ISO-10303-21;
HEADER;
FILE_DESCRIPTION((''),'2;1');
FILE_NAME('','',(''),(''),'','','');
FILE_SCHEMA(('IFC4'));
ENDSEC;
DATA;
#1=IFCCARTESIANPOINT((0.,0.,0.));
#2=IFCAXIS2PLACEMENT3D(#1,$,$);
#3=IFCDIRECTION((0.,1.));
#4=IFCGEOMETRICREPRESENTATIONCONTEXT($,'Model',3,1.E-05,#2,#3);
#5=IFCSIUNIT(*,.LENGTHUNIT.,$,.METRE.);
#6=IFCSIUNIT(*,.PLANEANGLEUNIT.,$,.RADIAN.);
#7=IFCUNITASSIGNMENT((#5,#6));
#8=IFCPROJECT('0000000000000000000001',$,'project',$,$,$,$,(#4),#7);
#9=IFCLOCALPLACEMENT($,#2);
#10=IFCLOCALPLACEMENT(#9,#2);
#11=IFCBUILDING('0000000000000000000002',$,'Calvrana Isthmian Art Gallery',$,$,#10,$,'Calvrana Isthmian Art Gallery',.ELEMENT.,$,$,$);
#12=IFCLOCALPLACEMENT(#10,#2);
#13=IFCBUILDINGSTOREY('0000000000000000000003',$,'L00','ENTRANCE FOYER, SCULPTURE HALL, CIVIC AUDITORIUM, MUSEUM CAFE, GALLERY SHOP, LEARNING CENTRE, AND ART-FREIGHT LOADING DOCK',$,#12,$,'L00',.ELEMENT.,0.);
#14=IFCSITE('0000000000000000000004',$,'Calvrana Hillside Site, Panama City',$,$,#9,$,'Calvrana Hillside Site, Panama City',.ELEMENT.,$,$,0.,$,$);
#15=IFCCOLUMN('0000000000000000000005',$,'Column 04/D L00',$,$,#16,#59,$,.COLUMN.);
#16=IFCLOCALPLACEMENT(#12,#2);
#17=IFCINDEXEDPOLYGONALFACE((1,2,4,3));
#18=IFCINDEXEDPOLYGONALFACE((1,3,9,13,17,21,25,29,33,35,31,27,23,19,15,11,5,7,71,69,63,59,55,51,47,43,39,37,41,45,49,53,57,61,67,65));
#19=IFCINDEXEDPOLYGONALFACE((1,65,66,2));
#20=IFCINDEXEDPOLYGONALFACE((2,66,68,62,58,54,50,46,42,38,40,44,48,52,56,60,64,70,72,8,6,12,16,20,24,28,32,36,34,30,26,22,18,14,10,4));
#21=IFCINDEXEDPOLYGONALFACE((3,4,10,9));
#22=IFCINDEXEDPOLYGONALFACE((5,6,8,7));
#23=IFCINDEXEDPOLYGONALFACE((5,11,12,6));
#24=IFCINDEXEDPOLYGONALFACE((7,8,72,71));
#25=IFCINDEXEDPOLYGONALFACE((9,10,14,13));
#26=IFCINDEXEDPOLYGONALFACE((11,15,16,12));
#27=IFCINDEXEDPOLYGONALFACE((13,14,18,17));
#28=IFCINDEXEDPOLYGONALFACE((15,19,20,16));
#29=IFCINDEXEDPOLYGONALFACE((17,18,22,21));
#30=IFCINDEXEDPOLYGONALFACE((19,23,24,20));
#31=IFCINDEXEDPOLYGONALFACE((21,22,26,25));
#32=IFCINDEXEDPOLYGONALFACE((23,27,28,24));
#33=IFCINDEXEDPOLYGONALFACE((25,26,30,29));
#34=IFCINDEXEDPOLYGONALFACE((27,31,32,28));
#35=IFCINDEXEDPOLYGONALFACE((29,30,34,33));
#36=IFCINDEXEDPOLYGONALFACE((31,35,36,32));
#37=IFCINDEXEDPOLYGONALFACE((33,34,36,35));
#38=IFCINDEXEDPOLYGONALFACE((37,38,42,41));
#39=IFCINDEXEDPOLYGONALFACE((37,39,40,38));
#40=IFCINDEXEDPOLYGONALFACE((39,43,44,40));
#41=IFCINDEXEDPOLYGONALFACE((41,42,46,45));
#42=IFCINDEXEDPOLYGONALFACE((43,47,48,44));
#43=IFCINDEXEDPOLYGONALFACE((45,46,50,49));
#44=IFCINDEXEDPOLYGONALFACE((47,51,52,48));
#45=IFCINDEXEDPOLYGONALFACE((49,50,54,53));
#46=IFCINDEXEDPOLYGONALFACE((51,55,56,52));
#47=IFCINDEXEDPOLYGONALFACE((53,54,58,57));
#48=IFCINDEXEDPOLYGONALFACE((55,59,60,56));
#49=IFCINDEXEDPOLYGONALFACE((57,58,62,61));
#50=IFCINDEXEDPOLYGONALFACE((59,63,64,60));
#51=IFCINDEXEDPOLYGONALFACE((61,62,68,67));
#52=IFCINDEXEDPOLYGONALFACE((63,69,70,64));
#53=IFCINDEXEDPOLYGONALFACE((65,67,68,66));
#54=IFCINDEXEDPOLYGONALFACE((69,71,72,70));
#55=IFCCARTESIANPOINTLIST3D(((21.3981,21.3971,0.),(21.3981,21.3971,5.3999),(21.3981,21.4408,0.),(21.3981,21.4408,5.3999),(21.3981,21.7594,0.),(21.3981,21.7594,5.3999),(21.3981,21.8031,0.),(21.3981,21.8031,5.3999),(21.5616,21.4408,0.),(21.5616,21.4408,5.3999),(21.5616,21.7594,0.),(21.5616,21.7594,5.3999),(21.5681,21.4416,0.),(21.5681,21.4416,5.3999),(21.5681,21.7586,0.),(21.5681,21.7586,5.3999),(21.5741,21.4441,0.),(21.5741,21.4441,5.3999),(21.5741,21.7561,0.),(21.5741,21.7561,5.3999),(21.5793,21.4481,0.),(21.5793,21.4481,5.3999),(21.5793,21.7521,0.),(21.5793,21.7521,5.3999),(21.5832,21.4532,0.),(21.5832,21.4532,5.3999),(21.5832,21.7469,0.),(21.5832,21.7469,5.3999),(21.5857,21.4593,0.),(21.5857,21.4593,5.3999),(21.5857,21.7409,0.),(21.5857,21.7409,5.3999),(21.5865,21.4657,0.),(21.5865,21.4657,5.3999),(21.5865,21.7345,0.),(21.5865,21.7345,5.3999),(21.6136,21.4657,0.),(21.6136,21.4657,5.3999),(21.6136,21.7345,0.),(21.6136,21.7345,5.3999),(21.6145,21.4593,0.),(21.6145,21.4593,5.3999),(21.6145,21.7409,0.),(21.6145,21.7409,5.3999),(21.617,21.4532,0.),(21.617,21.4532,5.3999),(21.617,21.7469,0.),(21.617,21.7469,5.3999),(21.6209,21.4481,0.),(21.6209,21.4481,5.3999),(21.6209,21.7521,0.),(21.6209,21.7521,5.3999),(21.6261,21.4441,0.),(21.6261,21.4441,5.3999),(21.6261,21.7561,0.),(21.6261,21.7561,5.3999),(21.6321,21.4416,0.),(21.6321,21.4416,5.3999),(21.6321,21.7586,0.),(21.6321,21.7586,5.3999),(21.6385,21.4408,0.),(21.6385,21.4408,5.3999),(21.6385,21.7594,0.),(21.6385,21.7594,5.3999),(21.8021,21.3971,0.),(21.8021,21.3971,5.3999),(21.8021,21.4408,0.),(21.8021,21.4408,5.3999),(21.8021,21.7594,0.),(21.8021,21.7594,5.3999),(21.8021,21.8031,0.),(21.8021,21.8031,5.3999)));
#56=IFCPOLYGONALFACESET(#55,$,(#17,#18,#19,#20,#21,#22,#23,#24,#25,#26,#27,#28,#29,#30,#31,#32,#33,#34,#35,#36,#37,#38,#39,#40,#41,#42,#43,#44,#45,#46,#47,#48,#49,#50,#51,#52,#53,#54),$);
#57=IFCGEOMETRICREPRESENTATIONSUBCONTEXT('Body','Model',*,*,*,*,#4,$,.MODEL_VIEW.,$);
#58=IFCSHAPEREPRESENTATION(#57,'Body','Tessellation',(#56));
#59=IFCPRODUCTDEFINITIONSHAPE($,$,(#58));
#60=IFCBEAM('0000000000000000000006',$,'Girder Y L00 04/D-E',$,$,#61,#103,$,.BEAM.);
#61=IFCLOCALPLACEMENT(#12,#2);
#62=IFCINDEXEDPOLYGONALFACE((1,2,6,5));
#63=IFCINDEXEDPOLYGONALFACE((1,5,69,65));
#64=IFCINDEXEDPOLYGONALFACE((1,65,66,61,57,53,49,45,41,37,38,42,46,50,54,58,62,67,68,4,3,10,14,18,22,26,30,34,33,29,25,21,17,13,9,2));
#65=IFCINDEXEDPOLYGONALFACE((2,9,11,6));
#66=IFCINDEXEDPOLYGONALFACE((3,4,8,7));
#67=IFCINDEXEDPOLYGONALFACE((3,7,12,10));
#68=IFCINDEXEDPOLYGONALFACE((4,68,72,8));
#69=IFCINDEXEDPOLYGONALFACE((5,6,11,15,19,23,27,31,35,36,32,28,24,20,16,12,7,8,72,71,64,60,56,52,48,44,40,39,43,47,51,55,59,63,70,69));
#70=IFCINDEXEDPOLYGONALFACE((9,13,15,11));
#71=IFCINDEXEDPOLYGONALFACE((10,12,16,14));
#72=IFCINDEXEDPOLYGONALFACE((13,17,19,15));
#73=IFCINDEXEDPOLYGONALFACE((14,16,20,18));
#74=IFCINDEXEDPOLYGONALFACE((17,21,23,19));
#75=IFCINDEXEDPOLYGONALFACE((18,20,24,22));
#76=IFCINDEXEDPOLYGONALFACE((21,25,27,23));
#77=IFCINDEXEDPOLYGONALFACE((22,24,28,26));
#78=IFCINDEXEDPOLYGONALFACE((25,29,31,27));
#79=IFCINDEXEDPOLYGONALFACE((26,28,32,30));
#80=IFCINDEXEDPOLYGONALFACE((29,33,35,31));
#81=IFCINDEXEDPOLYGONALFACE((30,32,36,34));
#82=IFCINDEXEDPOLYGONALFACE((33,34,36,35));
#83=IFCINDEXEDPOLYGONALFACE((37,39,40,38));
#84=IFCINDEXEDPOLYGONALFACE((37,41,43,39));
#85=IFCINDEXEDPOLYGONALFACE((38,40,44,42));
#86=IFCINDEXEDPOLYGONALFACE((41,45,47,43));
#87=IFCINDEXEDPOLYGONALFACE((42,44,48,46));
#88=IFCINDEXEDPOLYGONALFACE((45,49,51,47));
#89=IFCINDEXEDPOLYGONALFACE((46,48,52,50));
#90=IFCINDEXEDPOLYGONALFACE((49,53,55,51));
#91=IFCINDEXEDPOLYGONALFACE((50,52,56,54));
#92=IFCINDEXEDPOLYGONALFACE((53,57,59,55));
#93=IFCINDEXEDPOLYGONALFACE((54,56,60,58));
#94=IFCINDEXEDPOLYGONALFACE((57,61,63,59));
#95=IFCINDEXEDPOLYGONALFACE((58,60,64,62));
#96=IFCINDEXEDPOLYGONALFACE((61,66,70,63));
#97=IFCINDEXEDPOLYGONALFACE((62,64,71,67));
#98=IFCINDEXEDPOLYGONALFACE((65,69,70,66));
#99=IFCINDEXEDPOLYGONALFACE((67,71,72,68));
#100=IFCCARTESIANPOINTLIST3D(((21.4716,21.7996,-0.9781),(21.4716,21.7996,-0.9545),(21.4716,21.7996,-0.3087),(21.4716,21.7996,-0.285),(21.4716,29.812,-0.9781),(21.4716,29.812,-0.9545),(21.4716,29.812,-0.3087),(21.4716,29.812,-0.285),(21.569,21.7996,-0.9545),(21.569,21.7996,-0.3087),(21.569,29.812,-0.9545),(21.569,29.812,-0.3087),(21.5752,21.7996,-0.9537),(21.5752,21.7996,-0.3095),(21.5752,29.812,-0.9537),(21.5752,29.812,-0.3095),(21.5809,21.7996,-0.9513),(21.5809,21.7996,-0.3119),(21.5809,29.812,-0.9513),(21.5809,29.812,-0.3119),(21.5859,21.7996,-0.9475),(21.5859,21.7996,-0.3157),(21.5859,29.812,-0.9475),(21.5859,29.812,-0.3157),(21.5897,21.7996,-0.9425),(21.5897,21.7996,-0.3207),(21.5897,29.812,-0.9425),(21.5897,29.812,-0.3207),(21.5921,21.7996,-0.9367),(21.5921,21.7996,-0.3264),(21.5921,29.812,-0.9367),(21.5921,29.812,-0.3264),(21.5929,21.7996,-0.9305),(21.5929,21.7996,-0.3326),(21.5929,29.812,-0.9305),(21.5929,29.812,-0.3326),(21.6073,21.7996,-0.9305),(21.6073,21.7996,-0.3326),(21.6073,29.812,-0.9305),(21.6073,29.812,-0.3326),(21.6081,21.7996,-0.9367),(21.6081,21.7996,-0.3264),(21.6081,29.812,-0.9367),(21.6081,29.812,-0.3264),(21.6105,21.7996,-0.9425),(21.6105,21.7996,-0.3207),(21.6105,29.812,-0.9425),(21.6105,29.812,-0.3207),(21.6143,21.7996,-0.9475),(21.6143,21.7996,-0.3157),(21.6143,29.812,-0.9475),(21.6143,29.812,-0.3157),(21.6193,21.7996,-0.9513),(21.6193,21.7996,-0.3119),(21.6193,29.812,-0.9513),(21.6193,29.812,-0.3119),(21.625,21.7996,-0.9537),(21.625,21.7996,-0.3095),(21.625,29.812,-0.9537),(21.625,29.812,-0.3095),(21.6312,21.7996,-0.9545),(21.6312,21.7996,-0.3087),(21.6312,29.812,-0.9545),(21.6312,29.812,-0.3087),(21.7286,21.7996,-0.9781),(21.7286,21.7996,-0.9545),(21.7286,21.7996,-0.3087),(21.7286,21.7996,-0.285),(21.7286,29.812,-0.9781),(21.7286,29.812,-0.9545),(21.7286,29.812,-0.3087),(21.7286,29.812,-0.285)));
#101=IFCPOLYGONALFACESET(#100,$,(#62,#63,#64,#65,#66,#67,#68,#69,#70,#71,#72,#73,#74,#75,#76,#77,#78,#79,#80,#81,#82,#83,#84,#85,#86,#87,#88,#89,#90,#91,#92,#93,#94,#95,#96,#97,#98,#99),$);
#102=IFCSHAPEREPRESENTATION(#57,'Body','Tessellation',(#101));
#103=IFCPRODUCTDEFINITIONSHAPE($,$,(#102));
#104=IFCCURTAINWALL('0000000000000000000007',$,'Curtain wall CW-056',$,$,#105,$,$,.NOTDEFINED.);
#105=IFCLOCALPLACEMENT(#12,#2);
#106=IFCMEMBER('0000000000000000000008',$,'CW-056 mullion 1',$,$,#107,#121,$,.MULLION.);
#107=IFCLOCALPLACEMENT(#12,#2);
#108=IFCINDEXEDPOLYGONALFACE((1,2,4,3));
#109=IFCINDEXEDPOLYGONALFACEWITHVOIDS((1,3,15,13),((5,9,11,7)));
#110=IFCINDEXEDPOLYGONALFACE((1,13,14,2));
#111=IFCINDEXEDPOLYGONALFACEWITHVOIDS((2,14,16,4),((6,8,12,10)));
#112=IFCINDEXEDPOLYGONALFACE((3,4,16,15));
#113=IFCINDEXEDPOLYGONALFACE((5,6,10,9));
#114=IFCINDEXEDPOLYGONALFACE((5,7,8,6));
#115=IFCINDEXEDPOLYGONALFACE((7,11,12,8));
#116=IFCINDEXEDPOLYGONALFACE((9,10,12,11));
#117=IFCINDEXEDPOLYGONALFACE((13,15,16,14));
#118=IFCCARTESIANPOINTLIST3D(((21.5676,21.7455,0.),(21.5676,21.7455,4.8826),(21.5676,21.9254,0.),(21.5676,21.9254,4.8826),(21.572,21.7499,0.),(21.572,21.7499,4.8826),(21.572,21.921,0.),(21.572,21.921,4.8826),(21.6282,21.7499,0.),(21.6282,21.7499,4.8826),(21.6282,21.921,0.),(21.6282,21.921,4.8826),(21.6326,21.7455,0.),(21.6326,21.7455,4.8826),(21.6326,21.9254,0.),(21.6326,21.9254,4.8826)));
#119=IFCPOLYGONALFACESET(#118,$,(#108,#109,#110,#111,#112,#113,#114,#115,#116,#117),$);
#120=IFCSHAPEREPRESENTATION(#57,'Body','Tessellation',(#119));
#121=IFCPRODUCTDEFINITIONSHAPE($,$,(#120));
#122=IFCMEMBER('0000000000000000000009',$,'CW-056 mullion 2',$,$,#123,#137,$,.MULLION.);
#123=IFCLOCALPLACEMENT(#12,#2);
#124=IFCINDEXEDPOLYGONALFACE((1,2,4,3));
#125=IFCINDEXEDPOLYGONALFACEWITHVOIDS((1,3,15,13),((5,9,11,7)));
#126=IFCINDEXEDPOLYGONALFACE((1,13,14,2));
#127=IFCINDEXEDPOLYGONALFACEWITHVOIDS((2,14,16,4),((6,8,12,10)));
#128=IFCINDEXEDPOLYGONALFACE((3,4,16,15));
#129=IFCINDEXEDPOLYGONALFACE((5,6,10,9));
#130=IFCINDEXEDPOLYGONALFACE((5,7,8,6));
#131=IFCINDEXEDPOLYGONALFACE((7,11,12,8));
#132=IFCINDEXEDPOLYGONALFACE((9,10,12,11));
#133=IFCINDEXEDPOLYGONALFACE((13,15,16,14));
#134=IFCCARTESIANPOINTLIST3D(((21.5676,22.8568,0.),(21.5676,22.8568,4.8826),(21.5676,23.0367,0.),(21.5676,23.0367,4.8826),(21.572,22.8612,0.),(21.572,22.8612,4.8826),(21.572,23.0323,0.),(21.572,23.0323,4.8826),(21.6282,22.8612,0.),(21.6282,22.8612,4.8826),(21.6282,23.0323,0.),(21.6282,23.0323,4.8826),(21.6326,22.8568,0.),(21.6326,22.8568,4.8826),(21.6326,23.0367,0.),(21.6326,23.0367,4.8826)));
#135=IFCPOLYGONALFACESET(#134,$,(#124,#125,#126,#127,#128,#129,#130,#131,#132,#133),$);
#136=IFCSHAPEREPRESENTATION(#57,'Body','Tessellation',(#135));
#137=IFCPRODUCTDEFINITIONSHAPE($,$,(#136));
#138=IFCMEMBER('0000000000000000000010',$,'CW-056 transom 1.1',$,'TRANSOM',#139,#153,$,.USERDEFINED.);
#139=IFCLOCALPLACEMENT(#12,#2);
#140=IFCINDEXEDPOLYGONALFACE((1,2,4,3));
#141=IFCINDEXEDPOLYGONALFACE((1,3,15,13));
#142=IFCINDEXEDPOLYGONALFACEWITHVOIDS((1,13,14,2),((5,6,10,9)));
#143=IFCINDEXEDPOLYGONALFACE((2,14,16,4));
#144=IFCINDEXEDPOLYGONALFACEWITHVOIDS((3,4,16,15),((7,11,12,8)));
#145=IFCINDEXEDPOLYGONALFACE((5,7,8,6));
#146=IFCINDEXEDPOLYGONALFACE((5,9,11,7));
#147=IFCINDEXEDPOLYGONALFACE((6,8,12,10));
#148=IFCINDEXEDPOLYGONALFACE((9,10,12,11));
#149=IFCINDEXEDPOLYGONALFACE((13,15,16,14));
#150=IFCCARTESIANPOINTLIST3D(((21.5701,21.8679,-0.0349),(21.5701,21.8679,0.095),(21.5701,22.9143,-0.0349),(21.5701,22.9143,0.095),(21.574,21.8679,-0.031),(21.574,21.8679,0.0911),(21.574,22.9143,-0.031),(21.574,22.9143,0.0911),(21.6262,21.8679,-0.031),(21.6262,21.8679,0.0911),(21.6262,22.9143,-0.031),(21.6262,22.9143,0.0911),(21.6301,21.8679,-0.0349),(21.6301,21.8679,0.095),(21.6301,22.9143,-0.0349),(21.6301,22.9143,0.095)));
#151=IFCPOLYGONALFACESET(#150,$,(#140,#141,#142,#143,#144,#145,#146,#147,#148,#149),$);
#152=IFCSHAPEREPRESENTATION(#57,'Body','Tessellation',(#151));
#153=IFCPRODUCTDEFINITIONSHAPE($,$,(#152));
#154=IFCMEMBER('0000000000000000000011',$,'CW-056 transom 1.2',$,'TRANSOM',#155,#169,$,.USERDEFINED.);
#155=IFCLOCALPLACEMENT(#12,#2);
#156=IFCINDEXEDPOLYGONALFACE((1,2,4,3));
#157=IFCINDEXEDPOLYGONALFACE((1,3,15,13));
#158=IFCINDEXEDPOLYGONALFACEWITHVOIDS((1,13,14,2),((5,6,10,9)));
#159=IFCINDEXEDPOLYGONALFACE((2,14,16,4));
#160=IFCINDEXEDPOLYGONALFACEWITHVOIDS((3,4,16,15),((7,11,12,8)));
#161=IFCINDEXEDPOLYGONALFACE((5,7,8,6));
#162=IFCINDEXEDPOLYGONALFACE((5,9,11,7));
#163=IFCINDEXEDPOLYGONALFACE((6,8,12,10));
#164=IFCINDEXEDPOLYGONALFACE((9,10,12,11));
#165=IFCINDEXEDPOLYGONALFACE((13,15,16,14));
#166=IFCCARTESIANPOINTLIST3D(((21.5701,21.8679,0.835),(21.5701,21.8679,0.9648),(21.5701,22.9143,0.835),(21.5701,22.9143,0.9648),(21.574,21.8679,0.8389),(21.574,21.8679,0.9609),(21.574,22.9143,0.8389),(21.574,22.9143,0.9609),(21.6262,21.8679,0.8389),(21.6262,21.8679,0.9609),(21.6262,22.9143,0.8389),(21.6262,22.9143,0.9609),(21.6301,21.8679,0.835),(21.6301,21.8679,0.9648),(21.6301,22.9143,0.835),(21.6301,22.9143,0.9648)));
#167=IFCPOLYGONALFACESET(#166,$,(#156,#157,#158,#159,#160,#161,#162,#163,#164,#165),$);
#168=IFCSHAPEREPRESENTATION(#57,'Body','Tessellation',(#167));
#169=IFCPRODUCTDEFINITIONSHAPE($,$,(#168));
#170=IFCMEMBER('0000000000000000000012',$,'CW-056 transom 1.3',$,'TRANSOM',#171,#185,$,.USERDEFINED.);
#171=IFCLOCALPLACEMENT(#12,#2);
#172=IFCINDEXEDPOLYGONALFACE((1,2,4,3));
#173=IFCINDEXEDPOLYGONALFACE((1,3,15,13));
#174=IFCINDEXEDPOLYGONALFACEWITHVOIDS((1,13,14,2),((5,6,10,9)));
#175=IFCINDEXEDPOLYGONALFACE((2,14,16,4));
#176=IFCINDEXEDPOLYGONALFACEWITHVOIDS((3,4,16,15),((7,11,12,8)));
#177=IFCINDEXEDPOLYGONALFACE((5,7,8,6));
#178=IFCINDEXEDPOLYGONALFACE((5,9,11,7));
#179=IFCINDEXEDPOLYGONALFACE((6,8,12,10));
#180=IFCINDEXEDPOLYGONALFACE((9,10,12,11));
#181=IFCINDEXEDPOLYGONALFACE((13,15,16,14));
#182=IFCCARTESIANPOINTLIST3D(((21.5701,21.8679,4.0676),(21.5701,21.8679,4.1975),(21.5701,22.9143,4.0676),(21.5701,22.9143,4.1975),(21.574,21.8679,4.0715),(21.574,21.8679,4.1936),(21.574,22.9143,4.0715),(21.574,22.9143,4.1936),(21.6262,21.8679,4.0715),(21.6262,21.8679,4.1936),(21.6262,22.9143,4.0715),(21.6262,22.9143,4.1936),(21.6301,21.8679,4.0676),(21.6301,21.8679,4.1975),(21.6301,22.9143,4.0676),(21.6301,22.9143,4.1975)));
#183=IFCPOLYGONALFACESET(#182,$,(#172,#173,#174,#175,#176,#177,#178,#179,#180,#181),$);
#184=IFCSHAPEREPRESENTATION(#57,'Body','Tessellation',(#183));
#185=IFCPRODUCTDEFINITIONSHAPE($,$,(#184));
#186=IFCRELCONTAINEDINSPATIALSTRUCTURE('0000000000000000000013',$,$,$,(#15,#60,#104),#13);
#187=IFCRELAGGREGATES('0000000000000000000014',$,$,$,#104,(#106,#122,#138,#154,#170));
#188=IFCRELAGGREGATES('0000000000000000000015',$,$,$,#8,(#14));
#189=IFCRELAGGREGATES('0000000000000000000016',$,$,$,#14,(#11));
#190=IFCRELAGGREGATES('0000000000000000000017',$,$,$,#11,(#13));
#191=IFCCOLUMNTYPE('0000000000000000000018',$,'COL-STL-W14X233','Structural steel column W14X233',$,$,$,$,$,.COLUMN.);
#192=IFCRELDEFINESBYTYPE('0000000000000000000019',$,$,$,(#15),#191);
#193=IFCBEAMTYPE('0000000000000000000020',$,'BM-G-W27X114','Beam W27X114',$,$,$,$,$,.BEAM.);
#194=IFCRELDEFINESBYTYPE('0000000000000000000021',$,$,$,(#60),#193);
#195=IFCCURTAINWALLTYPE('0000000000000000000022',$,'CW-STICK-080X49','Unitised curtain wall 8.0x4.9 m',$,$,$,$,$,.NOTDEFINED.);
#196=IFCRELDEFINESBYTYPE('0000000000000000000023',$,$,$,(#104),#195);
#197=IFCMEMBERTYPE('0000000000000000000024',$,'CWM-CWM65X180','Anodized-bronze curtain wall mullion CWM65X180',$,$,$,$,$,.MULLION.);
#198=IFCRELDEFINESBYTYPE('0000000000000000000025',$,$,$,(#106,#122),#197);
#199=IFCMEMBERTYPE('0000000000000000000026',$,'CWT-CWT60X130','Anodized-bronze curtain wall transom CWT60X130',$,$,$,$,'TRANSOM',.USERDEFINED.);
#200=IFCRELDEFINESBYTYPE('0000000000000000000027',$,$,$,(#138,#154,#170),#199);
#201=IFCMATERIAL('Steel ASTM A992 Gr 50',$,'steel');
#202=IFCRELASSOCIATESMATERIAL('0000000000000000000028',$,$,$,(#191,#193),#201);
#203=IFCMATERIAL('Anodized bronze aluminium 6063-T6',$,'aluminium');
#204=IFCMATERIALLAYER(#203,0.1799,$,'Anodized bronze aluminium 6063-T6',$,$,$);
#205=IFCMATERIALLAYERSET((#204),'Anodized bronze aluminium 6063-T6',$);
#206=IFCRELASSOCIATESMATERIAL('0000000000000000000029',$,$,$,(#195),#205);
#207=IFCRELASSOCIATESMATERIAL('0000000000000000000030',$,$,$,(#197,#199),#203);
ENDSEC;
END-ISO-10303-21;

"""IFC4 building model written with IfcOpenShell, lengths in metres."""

from ifc_helpers import new_model, si_unit, direction, frame, origin, origin_2d, place, context, subcontext, project, spatial, hollow_rectangle, i_section, extrude, material, layer, layer_set, material_profile, profile_set, type_object, element, aggregate, save


model = new_model("IFC4")

# Units and contexts
model_context = context("Model", 3, precision=1e-05, world=origin(), true_north=direction((0.0, 1.0)))
body_context = subcontext(model_context, "Body", "Model", "MODEL_VIEW")
ifc_project = project(units=[si_unit("LENGTHUNIT", "METRE"), si_unit("PLANEANGLEUNIT", "RADIAN")], contexts=[model_context])

# Site, building, storey
site_placement = place(None, origin())
site = spatial("IfcSite", under=ifc_project, at=site_placement, Name="Calvrana Hillside Site, Panama City", LongName="Calvrana Hillside Site, Panama City", CompositionType="ELEMENT", RefElevation=0.0)
building_placement = place(site_placement, origin())
building = spatial("IfcBuilding", under=site, at=building_placement, Name="Calvrana Isthmian Art Gallery", LongName="Calvrana Isthmian Art Gallery", CompositionType="ELEMENT")
storey_placement = place(building_placement, origin())
storey = spatial("IfcBuildingStorey", under=building, at=storey_placement, Name="L00", Description="ENTRANCE FOYER, SCULPTURE HALL, CIVIC AUDITORIUM, MUSEUM CAFE, GALLERY SHOP, LEARNING CENTRE, AND ART-FREIGHT LOADING DOCK", LongName="L00", CompositionType="ELEMENT", Elevation=0.0)

# Column
ifc_material_1 = material(Name="Steel ASTM A992 Gr 50", Category="steel")
ifc_material_profile_1 = material_profile(ifc_material_1, i_section(OverallWidth=0.4041, OverallDepth=0.406, WebThickness=0.0271, FlangeThickness=0.0437, FilletRadius=0.0249, at=origin_2d()), Name="W14X233")
ifc_profile_set_1 = profile_set([ifc_material_profile_1], Name="Steel ASTM A992 Gr 50")
column_type = type_object("IfcColumnType", Name="COL-STL-W14X233", Description="Structural steel column W14X233", PredefinedType="COLUMN", material=ifc_profile_set_1)
column_placement = place(storey_placement, frame((21.6001, 21.6001, 0.0), z_axis=(0.0, 0.0, 1.0), x_axis=(1.0, 0.0, 0.0)))
element("IfcColumn", 1, at=column_placement, inside=storey, type_object=column_type, Name="Column 04/D L00", PredefinedType="COLUMN", context=body_context, shape_type="SweptSolid", body=[
    extrude(i_section(OverallWidth=0.4041, OverallDepth=0.406, WebThickness=0.0271, FlangeThickness=0.0437, FilletRadius=0.0249, at=origin_2d()), origin(), (0.0, 0.0, 1.0), 5.3999),
])

# Beam
ifc_material_profile_2 = material_profile(ifc_material_1, i_section(OverallWidth=0.2571, OverallDepth=0.6931, WebThickness=0.0144, FlangeThickness=0.0237, FilletRadius=0.0239, at=origin_2d()), Name="W27X114")
ifc_profile_set_2 = profile_set([ifc_material_profile_2], Name="Steel ASTM A992 Gr 50")
beam_type = type_object("IfcBeamType", Name="BM-G-W27X114", Description="Beam W27X114", PredefinedType="BEAM", material=ifc_profile_set_2)
beam_placement = place(storey_placement, frame((21.6001, 21.7996, -0.6316), z_axis=(0.0, 1.0, 0.0), x_axis=(-1.0, 0.0, 0.0)))
element("IfcBeam", 2, at=beam_placement, inside=storey, type_object=beam_type, Name="Girder Y L00 04/D-E", PredefinedType="BEAM", context=body_context, shape_type="SweptSolid", body=[
    extrude(i_section(OverallWidth=0.2571, OverallDepth=0.6931, WebThickness=0.0144, FlangeThickness=0.0237, FilletRadius=0.0239, at=origin_2d()), origin(), (0.0, 0.0, 1.0), 8.0125),
])

# Curtain wall, members
ifc_material_2 = material(Name="Anodized bronze aluminium 6063-T6", Category="aluminium")
ifc_layer_1 = layer(ifc_material_2, 0.1799, Name="Anodized bronze aluminium 6063-T6")
ifc_layer_set_1 = layer_set([ifc_layer_1], Name="Anodized bronze aluminium 6063-T6")
curtain_wall_type = type_object("IfcCurtainWallType", Name="CW-STICK-080X49", Description="Unitised curtain wall 8.0x4.9 m", PredefinedType="NOTDEFINED", material=ifc_layer_set_1)
curtain_wall_placement = place(storey_placement, origin())
curtain_wall = element("IfcCurtainWall", 3, at=curtain_wall_placement, inside=storey, type_object=curtain_wall_type, Name="Curtain wall CW-056", PredefinedType="NOTDEFINED")
ifc_material_profile_3 = material_profile(ifc_material_2, hollow_rectangle(XDim=0.0649, YDim=0.1799, WallThickness=0.0044, at=origin_2d()), Name="CWM65X180")
ifc_profile_set_3 = profile_set([ifc_material_profile_3], Name="Anodized bronze aluminium 6063-T6")
member_type_1 = type_object("IfcMemberType", Name="CWM-CWM65X180", Description="Anodized-bronze curtain wall mullion CWM65X180", PredefinedType="MULLION", material=ifc_profile_set_3)
member_1_placement = place(storey_placement, frame((21.6001, 21.8354, 0.0), z_axis=(0.0, 0.0, 1.0), x_axis=(-1.0, 0.0, 0.0)))
member_1 = element("IfcMember", 4, at=member_1_placement, type_object=member_type_1, Name="CW-056 mullion 1", PredefinedType="MULLION", context=body_context, shape_type="SweptSolid", body=[
    extrude(hollow_rectangle(XDim=0.0649, YDim=0.1799, WallThickness=0.0044, at=origin_2d()), origin(), (0.0, 0.0, 1.0), 4.8826),
])
member_2_placement = place(storey_placement, frame((21.6001, 22.9468, 0.0), z_axis=(0.0, 0.0, 1.0), x_axis=(-1.0, 0.0, 0.0)))
member_2 = element("IfcMember", 5, at=member_2_placement, type_object=member_type_1, Name="CW-056 mullion 2", PredefinedType="MULLION", context=body_context, shape_type="SweptSolid", body=[
    extrude(hollow_rectangle(XDim=0.0649, YDim=0.1799, WallThickness=0.0044, at=origin_2d()), origin(), (0.0, 0.0, 1.0), 4.8826),
])
ifc_material_profile_4 = material_profile(ifc_material_2, hollow_rectangle(XDim=0.0601, YDim=0.1299, WallThickness=0.0039, at=origin_2d()), Name="CWT60X130")
ifc_profile_set_4 = profile_set([ifc_material_profile_4], Name="Anodized bronze aluminium 6063-T6")
member_type_2 = type_object("IfcMemberType", Name="CWT-CWT60X130", Description="Anodized-bronze curtain wall transom CWT60X130", ElementType="TRANSOM", PredefinedType="USERDEFINED", material=ifc_profile_set_4)
member_3_placement = place(storey_placement, frame((21.6001, 21.8679, 0.03), z_axis=(0.0, 1.0, 0.0), x_axis=(-1.0, 0.0, 0.0)))
member_3 = element("IfcMember", 6, at=member_3_placement, type_object=member_type_2, Name="CW-056 transom 1.1", ObjectType="TRANSOM", PredefinedType="USERDEFINED", context=body_context, shape_type="SweptSolid", body=[
    extrude(hollow_rectangle(XDim=0.0601, YDim=0.1299, WallThickness=0.0039, at=origin_2d()), origin(), (0.0, 0.0, 1.0), 1.0464),
])
member_4_placement = place(storey_placement, frame((21.6001, 21.8679, 0.8999), z_axis=(0.0, 1.0, 0.0), x_axis=(-1.0, 0.0, 0.0)))
member_4 = element("IfcMember", 7, at=member_4_placement, type_object=member_type_2, Name="CW-056 transom 1.2", ObjectType="TRANSOM", PredefinedType="USERDEFINED", context=body_context, shape_type="SweptSolid", body=[
    extrude(hollow_rectangle(XDim=0.0601, YDim=0.1299, WallThickness=0.0039, at=origin_2d()), origin(), (0.0, 0.0, 1.0), 1.0464),
])
member_5_placement = place(storey_placement, frame((21.6001, 21.8679, 4.1326), z_axis=(0.0, 1.0, 0.0), x_axis=(-1.0, 0.0, 0.0)))
member_5 = element("IfcMember", 8, at=member_5_placement, type_object=member_type_2, Name="CW-056 transom 1.3", ObjectType="TRANSOM", PredefinedType="USERDEFINED", context=body_context, shape_type="SweptSolid", body=[
    extrude(hollow_rectangle(XDim=0.0601, YDim=0.1299, WallThickness=0.0039, at=origin_2d()), origin(), (0.0, 0.0, 1.0), 1.0464),
])
aggregate(curtain_wall, [member_1, member_2, member_3, member_4, member_5])

save(model, "model.ifc")
